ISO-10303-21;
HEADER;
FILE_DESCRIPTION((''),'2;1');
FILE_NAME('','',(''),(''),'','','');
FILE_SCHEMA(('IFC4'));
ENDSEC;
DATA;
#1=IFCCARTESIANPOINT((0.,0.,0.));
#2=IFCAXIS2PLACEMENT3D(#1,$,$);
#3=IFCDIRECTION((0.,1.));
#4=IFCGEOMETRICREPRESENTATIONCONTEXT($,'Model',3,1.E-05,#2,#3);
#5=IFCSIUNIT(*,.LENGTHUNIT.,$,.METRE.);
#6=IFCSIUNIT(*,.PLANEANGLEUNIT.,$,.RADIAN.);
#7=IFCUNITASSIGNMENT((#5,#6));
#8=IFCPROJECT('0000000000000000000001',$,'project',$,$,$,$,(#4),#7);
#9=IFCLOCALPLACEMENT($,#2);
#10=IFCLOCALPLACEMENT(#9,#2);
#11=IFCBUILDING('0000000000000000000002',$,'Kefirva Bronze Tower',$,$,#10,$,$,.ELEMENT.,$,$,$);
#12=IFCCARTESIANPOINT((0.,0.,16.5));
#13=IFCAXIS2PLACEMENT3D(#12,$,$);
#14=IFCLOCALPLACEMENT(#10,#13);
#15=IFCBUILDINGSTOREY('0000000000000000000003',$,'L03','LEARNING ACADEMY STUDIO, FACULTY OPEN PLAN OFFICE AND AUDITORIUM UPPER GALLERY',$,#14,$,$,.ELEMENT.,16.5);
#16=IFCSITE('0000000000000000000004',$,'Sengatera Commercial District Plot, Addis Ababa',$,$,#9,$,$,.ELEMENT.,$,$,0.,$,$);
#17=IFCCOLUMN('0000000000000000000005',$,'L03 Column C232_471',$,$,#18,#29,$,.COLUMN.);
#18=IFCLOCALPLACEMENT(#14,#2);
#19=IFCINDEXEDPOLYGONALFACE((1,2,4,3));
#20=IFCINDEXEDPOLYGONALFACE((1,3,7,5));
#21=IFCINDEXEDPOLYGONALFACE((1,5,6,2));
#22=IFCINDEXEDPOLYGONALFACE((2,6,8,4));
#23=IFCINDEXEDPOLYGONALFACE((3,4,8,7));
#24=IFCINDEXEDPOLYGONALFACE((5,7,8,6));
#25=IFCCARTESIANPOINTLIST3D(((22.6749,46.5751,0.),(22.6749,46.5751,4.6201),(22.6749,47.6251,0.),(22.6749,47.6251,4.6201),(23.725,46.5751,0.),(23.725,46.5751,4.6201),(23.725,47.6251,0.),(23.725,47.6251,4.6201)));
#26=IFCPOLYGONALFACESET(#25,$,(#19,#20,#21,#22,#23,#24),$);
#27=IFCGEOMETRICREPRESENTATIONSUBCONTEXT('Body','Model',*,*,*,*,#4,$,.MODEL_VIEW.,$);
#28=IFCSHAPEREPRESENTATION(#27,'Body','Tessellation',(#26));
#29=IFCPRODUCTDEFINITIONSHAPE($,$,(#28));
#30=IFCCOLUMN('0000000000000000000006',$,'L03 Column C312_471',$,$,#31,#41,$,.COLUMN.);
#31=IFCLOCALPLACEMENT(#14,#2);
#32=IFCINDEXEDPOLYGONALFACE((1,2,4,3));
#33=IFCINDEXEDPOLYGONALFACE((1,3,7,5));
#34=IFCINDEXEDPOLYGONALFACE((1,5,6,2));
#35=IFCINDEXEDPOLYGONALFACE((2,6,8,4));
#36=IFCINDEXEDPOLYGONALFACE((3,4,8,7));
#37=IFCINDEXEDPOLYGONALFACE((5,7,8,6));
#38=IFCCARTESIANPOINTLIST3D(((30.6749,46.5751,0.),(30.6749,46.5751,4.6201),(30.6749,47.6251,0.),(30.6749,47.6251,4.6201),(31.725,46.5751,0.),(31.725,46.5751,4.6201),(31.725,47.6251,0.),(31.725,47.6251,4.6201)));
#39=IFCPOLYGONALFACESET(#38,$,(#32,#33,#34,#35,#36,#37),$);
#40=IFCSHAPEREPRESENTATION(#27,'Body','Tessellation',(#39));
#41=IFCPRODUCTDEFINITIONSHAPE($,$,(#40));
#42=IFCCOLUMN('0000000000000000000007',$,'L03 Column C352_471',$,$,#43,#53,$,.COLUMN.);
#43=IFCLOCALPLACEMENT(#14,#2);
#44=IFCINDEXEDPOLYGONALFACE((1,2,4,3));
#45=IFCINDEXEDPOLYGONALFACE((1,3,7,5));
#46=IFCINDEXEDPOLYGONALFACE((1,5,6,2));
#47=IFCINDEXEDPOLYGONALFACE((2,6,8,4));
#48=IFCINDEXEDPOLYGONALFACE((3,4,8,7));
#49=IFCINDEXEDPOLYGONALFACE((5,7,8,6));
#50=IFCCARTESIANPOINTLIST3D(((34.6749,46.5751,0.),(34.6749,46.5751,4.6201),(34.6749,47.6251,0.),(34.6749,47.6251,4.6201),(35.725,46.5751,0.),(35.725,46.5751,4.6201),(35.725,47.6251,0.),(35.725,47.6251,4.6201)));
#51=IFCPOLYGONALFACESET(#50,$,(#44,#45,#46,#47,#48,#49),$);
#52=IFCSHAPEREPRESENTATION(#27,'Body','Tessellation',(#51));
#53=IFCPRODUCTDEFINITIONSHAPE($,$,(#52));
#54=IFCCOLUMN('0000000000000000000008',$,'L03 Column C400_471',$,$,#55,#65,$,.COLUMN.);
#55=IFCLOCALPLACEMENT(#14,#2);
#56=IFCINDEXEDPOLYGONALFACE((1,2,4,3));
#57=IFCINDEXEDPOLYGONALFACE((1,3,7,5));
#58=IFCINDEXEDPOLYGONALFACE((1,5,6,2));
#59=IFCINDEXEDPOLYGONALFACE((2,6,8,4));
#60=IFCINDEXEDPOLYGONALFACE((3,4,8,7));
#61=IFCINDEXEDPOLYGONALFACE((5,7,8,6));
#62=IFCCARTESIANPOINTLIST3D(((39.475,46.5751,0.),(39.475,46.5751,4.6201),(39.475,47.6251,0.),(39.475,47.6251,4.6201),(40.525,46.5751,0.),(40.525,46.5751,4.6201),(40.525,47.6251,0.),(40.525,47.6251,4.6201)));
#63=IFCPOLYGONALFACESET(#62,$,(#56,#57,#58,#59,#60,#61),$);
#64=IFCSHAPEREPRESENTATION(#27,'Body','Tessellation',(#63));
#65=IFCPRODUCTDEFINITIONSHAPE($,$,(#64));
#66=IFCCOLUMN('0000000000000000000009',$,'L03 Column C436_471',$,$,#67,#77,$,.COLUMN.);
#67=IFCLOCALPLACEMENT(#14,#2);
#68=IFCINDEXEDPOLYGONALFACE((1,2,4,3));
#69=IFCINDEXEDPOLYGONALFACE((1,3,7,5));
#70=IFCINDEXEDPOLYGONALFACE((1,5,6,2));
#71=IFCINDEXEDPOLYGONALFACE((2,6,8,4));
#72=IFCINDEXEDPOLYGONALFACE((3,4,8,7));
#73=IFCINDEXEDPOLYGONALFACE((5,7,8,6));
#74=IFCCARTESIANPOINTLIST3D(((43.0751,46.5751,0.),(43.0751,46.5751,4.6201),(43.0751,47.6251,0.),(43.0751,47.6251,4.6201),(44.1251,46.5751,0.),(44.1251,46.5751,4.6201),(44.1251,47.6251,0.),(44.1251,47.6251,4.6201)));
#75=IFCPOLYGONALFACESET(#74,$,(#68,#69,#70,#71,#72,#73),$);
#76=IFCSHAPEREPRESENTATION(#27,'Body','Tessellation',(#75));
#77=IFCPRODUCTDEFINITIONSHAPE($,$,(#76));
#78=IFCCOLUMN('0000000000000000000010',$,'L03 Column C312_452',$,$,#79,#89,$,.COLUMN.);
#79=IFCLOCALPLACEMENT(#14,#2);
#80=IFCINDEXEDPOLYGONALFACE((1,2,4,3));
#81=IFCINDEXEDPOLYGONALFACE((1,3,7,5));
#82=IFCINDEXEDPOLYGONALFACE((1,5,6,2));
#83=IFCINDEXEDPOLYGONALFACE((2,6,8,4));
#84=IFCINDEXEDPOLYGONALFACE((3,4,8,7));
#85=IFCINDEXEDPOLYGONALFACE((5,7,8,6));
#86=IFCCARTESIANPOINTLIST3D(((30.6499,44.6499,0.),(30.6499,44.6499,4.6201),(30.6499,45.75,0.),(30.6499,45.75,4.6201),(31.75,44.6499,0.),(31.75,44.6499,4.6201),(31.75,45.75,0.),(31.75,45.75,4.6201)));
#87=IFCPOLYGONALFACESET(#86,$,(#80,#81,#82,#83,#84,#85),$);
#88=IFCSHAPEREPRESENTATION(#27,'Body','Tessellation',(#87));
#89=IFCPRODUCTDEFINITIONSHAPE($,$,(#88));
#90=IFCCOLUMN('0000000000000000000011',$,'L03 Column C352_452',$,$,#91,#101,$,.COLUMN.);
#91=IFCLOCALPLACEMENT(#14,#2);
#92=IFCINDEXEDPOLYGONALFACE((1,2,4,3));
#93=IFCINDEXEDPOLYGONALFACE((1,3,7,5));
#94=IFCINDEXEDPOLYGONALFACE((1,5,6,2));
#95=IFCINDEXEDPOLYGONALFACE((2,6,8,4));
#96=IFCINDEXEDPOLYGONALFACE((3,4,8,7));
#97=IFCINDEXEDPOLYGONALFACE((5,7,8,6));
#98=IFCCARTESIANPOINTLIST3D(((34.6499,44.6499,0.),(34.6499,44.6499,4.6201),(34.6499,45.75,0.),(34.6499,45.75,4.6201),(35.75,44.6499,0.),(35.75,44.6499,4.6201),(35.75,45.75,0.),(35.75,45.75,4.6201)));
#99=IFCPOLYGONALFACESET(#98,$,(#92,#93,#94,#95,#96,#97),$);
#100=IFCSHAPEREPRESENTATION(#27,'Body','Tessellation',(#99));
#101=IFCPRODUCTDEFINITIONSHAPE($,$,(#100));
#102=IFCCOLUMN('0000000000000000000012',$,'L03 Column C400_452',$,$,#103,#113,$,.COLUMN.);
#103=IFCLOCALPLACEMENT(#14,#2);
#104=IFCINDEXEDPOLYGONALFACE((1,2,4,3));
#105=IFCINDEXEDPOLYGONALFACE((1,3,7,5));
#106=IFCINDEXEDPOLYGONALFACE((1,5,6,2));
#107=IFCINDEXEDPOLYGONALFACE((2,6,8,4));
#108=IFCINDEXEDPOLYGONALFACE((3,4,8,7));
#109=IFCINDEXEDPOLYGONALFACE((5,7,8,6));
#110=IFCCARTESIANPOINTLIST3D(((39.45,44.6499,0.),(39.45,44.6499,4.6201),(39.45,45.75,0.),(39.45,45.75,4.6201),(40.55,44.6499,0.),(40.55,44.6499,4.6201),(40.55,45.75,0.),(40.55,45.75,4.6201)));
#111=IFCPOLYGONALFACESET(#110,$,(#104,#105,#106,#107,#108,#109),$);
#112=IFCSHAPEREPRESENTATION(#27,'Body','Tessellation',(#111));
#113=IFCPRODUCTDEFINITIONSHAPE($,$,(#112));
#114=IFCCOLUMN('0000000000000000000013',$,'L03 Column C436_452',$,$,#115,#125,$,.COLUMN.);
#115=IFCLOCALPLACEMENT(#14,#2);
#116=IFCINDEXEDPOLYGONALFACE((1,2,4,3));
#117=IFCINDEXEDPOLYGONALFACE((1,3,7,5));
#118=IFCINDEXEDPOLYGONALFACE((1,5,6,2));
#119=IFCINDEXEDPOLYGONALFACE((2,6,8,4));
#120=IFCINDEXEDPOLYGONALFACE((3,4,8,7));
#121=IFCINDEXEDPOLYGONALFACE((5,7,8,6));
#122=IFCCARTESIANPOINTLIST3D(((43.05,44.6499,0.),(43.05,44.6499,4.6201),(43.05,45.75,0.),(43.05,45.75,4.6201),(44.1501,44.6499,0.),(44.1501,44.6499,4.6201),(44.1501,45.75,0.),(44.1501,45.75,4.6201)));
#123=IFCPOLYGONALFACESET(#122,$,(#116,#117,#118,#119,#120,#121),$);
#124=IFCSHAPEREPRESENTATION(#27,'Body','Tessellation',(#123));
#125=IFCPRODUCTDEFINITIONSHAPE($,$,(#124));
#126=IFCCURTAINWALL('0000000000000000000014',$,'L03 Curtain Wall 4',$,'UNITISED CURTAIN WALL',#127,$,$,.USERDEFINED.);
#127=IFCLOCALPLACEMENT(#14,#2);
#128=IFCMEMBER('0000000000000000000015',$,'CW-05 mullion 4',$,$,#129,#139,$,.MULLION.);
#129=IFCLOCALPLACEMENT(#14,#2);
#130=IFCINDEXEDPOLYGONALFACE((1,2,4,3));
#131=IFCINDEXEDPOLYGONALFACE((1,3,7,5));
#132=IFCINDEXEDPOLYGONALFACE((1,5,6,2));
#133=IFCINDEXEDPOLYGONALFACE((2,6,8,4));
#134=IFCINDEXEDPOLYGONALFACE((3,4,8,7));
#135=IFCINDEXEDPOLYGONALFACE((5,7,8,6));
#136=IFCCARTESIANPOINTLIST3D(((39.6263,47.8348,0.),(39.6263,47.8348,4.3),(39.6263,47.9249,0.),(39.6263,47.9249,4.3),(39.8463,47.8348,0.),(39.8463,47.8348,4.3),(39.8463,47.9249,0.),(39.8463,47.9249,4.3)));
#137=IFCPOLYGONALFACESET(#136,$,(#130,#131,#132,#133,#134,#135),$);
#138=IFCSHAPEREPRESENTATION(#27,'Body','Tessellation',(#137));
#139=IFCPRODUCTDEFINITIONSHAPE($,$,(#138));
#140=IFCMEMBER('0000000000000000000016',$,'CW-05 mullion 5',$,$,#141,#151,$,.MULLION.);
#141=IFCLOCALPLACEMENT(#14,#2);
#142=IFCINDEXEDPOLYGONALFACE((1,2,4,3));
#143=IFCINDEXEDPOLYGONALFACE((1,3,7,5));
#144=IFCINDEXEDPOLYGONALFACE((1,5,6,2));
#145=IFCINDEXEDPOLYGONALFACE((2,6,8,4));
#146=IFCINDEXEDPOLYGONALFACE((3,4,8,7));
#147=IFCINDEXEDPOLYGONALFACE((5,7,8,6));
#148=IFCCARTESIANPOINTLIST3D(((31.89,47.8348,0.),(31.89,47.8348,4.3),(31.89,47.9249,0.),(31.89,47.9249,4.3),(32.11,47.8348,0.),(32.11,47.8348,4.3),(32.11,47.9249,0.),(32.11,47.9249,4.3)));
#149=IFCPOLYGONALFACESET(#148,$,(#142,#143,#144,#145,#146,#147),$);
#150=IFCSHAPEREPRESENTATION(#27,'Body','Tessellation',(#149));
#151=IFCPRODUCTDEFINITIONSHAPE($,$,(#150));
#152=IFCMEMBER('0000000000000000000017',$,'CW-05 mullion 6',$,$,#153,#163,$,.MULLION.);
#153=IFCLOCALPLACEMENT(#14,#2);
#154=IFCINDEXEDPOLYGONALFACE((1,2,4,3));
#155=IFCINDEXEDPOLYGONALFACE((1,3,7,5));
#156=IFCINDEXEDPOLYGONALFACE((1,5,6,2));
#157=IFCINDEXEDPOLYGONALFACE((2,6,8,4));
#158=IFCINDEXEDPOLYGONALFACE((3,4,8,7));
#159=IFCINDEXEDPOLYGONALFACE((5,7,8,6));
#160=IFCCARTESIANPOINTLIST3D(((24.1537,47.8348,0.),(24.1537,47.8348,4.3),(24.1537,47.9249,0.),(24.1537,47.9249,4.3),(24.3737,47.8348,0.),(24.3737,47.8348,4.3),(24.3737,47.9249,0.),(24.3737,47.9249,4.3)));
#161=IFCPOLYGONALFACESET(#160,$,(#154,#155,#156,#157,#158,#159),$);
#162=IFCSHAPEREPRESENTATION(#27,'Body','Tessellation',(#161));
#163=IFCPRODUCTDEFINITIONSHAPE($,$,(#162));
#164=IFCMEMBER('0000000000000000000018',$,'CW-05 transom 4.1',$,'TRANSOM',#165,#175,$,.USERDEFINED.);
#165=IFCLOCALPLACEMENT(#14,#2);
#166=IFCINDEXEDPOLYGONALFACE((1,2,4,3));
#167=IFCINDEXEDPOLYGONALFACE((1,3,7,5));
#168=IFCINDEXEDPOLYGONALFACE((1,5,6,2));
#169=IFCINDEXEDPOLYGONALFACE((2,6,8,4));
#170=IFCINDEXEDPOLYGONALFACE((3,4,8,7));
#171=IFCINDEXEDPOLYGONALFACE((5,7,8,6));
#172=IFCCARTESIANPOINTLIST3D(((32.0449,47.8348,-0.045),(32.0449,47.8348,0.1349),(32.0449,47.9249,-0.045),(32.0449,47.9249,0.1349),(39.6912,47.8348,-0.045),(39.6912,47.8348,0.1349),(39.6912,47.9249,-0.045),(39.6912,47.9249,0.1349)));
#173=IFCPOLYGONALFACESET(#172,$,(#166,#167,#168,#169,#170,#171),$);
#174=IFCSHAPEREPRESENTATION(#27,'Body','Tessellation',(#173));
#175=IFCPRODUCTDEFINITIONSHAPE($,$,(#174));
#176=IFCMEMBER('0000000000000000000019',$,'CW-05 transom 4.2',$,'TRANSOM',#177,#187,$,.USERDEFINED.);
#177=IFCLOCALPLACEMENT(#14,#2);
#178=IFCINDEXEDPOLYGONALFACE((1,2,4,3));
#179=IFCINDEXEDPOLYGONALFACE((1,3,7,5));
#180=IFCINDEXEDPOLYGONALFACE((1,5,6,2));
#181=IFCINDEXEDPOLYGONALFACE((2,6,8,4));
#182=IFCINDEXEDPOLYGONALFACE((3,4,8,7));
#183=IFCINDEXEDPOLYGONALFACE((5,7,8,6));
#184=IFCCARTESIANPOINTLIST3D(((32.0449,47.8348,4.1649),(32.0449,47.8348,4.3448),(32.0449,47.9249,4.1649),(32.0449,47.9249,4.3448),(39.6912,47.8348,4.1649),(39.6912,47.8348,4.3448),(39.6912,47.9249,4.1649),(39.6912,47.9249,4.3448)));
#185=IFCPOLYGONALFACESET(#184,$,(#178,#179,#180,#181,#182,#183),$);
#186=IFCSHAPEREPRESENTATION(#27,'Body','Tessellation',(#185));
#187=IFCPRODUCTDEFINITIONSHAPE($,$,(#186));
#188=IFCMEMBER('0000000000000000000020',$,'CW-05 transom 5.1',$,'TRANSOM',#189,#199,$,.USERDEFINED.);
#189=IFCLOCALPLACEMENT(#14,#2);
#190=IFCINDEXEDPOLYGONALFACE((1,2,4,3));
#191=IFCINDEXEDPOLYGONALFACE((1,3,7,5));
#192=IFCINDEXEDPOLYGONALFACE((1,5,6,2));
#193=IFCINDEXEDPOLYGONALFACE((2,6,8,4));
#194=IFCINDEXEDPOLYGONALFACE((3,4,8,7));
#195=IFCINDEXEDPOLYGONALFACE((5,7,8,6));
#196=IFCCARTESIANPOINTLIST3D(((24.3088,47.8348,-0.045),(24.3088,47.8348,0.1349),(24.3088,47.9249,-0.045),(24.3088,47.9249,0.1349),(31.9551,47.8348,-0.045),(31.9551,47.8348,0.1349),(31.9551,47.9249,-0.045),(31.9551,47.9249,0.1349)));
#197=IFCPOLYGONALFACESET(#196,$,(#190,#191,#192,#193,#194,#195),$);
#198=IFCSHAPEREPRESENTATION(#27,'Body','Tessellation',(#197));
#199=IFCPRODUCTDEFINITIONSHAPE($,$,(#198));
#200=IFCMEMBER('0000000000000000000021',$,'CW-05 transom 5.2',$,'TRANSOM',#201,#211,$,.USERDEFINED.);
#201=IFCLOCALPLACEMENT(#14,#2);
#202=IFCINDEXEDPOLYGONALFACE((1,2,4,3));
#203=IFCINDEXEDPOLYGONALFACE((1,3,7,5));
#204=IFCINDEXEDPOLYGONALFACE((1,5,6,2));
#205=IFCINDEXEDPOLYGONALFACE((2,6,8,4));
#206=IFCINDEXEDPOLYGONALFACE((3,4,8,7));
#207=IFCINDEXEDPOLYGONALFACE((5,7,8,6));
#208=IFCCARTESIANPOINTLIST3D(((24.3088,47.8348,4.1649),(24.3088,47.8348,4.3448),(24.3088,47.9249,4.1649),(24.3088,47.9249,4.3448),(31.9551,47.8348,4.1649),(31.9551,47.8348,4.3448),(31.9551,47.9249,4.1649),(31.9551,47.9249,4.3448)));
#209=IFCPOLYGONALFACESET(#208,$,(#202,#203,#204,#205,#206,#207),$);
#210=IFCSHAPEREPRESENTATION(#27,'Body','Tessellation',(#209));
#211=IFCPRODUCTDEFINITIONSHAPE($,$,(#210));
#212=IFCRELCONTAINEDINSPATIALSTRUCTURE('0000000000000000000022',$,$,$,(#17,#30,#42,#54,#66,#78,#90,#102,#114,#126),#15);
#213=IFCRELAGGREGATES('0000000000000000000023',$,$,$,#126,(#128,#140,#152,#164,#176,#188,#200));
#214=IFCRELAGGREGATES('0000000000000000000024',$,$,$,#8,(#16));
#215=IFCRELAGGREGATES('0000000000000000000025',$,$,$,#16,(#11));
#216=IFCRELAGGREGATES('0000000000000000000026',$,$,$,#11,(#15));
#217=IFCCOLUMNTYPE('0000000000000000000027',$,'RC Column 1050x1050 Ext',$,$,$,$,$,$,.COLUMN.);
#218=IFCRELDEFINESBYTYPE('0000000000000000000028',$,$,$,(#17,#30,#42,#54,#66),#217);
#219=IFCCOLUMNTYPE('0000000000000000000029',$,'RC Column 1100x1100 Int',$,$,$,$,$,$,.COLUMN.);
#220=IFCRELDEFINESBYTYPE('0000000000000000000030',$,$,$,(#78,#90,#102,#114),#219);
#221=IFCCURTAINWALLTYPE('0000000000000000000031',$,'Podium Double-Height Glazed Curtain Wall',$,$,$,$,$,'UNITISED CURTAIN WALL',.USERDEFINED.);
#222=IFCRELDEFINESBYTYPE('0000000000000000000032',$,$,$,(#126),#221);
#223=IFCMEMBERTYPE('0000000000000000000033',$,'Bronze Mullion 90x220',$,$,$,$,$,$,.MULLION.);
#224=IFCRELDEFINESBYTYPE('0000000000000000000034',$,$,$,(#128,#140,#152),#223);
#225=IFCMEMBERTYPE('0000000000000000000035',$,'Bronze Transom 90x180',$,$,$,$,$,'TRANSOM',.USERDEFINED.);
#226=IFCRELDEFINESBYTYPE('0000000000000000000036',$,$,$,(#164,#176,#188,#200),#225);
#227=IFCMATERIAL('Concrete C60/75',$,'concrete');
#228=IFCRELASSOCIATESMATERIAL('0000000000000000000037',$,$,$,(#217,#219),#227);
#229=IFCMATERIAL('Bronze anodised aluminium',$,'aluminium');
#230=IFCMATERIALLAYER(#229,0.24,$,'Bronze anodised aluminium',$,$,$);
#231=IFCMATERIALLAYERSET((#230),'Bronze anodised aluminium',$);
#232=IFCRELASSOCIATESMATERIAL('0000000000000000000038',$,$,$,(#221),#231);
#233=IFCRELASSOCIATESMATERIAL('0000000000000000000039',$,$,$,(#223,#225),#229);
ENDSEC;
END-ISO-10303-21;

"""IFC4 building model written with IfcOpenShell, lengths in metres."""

from ifc_helpers import new_model, si_unit, direction, frame, origin, origin_2d, place, context, subcontext, project, spatial, rectangle, extrude, material, layer, layer_set, material_profile, profile_set, type_object, element, aggregate, save


model = new_model("IFC4")

# Units and contexts
model_context = context("Model", 3, precision=1e-05, world=origin(), true_north=direction((0.0, 1.0)))
body_context = subcontext(model_context, "Body", "Model", "MODEL_VIEW")
ifc_project = project(units=[si_unit("LENGTHUNIT", "METRE"), si_unit("PLANEANGLEUNIT", "RADIAN")], contexts=[model_context])

# Site, building, storey
site_placement = place(None, origin())
site = spatial("IfcSite", under=ifc_project, at=site_placement, Name="Sengatera Commercial District Plot, Addis Ababa", CompositionType="ELEMENT", RefElevation=0.0)
building_placement = place(site_placement, origin())
building = spatial("IfcBuilding", under=site, at=building_placement, Name="Kefirva Bronze Tower", CompositionType="ELEMENT")
storey_placement = place(building_placement, frame((0.0, 0.0, 16.5)))
storey = spatial("IfcBuildingStorey", under=building, at=storey_placement, Name="L03", Description="LEARNING ACADEMY STUDIO, FACULTY OPEN PLAN OFFICE AND AUDITORIUM UPPER GALLERY", CompositionType="ELEMENT", Elevation=16.5)

# Columns
ifc_material_1 = material(Name="Concrete C60/75", Category="concrete")
ifc_material_profile_1 = material_profile(ifc_material_1, rectangle(XDim=1.05, YDim=1.05, at=origin_2d()), Name="RC 1050x1050")
ifc_profile_set_1 = profile_set([ifc_material_profile_1], Name="Concrete C60/75")
column_type_1 = type_object("IfcColumnType", Name="RC Column 1050x1050 Ext", PredefinedType="COLUMN", material=ifc_profile_set_1)
for number, where, z_axis, x_axis, name in (
    (1, (23.2, 47.1001, 0.0), (0.0, 0.0, 1.0), (1.0, 0.0, 0.0), "L03 Column C232_471"),
    (2, (31.2, 47.1001, 0.0), (0.0, 0.0, 1.0), (1.0, 0.0, 0.0), "L03 Column C312_471"),
    (3, (35.2, 47.1001, 0.0), (0.0, 0.0, 1.0), (1.0, 0.0, 0.0), "L03 Column C352_471"),
    (4, (40.0, 47.1001, 0.0), (0.0, 0.0, 1.0), (1.0, 0.0, 0.0), "L03 Column C400_471"),
    (5, (43.6001, 47.1001, 0.0), (0.0, 0.0, 1.0), (1.0, 0.0, 0.0), "L03 Column C436_471"),
):
    element("IfcColumn", number, at=place(storey_placement, frame(where, z_axis=z_axis, x_axis=x_axis)), inside=storey, type_object=column_type_1, Name=name, PredefinedType="COLUMN", context=body_context, shape_type="SweptSolid", body=[
        extrude(rectangle(XDim=1.05, YDim=1.05, at=origin_2d()), origin(), (0.0, 0.0, 1.0), 4.6201),
    ])
ifc_material_profile_2 = material_profile(ifc_material_1, rectangle(XDim=1.1001, YDim=1.1001, at=origin_2d()), Name="RC 1100x1100")
ifc_profile_set_2 = profile_set([ifc_material_profile_2], Name="Concrete C60/75")
column_type_2 = type_object("IfcColumnType", Name="RC Column 1100x1100 Int", PredefinedType="COLUMN", material=ifc_profile_set_2)
for number, where, z_axis, x_axis, name in (
    (6, (31.2, 45.2, 0.0), (0.0, 0.0, 1.0), (1.0, 0.0, 0.0), "L03 Column C312_452"),
    (7, (35.2, 45.2, 0.0), (0.0, 0.0, 1.0), (1.0, 0.0, 0.0), "L03 Column C352_452"),
    (8, (40.0, 45.2, 0.0), (0.0, 0.0, 1.0), (1.0, 0.0, 0.0), "L03 Column C400_452"),
    (9, (43.6001, 45.2, 0.0), (0.0, 0.0, 1.0), (1.0, 0.0, 0.0), "L03 Column C436_452"),
):
    element("IfcColumn", number, at=place(storey_placement, frame(where, z_axis=z_axis, x_axis=x_axis)), inside=storey, type_object=column_type_2, Name=name, PredefinedType="COLUMN", context=body_context, shape_type="SweptSolid", body=[
        extrude(rectangle(XDim=1.1001, YDim=1.1001, at=origin_2d()), origin(), (0.0, 0.0, 1.0), 4.6201),
    ])

# Curtain wall, members
ifc_material_2 = material(Name="Bronze anodised aluminium", Category="aluminium")
ifc_layer_1 = layer(ifc_material_2, 0.24, Name="Bronze anodised aluminium")
ifc_layer_set_1 = layer_set([ifc_layer_1], Name="Bronze anodised aluminium")
curtain_wall_type = type_object("IfcCurtainWallType", Name="Podium Double-Height Glazed Curtain Wall", ElementType="UNITISED CURTAIN WALL", PredefinedType="USERDEFINED", material=ifc_layer_set_1)
curtain_wall_placement = place(storey_placement, origin())
curtain_wall = element("IfcCurtainWall", 10, at=curtain_wall_placement, inside=storey, type_object=curtain_wall_type, Name="L03 Curtain Wall 4", ObjectType="UNITISED CURTAIN WALL", PredefinedType="USERDEFINED")
ifc_material_profile_3 = material_profile(ifc_material_2, rectangle(XDim=0.0901, YDim=0.22, at=origin_2d()), Name="ALU 90x220")
ifc_profile_set_3 = profile_set([ifc_material_profile_3], Name="Bronze anodised aluminium")
member_type_1 = type_object("IfcMemberType", Name="Bronze Mullion 90x220", PredefinedType="MULLION", material=ifc_profile_set_3)
member_1_placement = place(storey_placement, frame((39.7363, 47.8799, 0.0), z_axis=(0.0, 0.0, 1.0), x_axis=(0.0, -1.0, 0.0)))
member_1 = element("IfcMember", 11, at=member_1_placement, type_object=member_type_1, Name="CW-05 mullion 4", PredefinedType="MULLION", context=body_context, shape_type="SweptSolid", body=[
    extrude(rectangle(XDim=0.0901, YDim=0.22, at=origin_2d()), origin(), (0.0, 0.0, 1.0), 4.3),
])
member_2_placement = place(storey_placement, frame((32.0, 47.8799, 0.0), z_axis=(0.0, 0.0, 1.0), x_axis=(0.0, -1.0, 0.0)))
member_2 = element("IfcMember", 12, at=member_2_placement, type_object=member_type_1, Name="CW-05 mullion 5", PredefinedType="MULLION", context=body_context, shape_type="SweptSolid", body=[
    extrude(rectangle(XDim=0.0901, YDim=0.22, at=origin_2d()), origin(), (0.0, 0.0, 1.0), 4.3),
])
member_3_placement = place(storey_placement, frame((24.2637, 47.8799, 0.0), z_axis=(0.0, 0.0, 1.0), x_axis=(0.0, -1.0, 0.0)))
member_3 = element("IfcMember", 13, at=member_3_placement, type_object=member_type_1, Name="CW-05 mullion 6", PredefinedType="MULLION", context=body_context, shape_type="SweptSolid", body=[
    extrude(rectangle(XDim=0.0901, YDim=0.22, at=origin_2d()), origin(), (0.0, 0.0, 1.0), 4.3),
])
ifc_material_profile_4 = material_profile(ifc_material_2, rectangle(XDim=0.0901, YDim=0.1799, at=origin_2d()), Name="ALU 90x180")
ifc_profile_set_4 = profile_set([ifc_material_profile_4], Name="Bronze anodised aluminium")
member_type_2 = type_object("IfcMemberType", Name="Bronze Transom 90x180", ElementType="TRANSOM", PredefinedType="USERDEFINED", material=ifc_profile_set_4)
member_4_placement = place(storey_placement, frame((39.6912, 47.8799, 0.0449), z_axis=(-1.0, 0.0, 0.0), x_axis=(0.0, -1.0, 0.0)))
member_4 = element("IfcMember", 14, at=member_4_placement, type_object=member_type_2, Name="CW-05 transom 4.1", ObjectType="TRANSOM", PredefinedType="USERDEFINED", context=body_context, shape_type="SweptSolid", body=[
    extrude(rectangle(XDim=0.0901, YDim=0.1799, at=origin_2d()), origin(), (0.0, 0.0, 1.0), 7.6462),
])
member_5_placement = place(storey_placement, frame((39.6912, 47.8799, 4.2549), z_axis=(-1.0, 0.0, 0.0), x_axis=(0.0, -1.0, 0.0)))
member_5 = element("IfcMember", 15, at=member_5_placement, type_object=member_type_2, Name="CW-05 transom 4.2", ObjectType="TRANSOM", PredefinedType="USERDEFINED", context=body_context, shape_type="SweptSolid", body=[
    extrude(rectangle(XDim=0.0901, YDim=0.1799, at=origin_2d()), origin(), (0.0, 0.0, 1.0), 7.6462),
])
member_6_placement = place(storey_placement, frame((31.9551, 47.8799, 0.0449), z_axis=(-1.0, 0.0, 0.0), x_axis=(0.0, -1.0, 0.0)))
member_6 = element("IfcMember", 16, at=member_6_placement, type_object=member_type_2, Name="CW-05 transom 5.1", ObjectType="TRANSOM", PredefinedType="USERDEFINED", context=body_context, shape_type="SweptSolid", body=[
    extrude(rectangle(XDim=0.0901, YDim=0.1799, at=origin_2d()), origin(), (0.0, 0.0, 1.0), 7.6462),
])
member_7_placement = place(storey_placement, frame((31.9551, 47.8799, 4.2549), z_axis=(-1.0, 0.0, 0.0), x_axis=(0.0, -1.0, 0.0)))
member_7 = element("IfcMember", 17, at=member_7_placement, type_object=member_type_2, Name="CW-05 transom 5.2", ObjectType="TRANSOM", PredefinedType="USERDEFINED", context=body_context, shape_type="SweptSolid", body=[
    extrude(rectangle(XDim=0.0901, YDim=0.1799, at=origin_2d()), origin(), (0.0, 0.0, 1.0), 7.6462),
])

aggregate(curtain_wall, [member_1, member_2, member_3, member_4, member_5, member_6, member_7])

save(model, "model.ifc")
